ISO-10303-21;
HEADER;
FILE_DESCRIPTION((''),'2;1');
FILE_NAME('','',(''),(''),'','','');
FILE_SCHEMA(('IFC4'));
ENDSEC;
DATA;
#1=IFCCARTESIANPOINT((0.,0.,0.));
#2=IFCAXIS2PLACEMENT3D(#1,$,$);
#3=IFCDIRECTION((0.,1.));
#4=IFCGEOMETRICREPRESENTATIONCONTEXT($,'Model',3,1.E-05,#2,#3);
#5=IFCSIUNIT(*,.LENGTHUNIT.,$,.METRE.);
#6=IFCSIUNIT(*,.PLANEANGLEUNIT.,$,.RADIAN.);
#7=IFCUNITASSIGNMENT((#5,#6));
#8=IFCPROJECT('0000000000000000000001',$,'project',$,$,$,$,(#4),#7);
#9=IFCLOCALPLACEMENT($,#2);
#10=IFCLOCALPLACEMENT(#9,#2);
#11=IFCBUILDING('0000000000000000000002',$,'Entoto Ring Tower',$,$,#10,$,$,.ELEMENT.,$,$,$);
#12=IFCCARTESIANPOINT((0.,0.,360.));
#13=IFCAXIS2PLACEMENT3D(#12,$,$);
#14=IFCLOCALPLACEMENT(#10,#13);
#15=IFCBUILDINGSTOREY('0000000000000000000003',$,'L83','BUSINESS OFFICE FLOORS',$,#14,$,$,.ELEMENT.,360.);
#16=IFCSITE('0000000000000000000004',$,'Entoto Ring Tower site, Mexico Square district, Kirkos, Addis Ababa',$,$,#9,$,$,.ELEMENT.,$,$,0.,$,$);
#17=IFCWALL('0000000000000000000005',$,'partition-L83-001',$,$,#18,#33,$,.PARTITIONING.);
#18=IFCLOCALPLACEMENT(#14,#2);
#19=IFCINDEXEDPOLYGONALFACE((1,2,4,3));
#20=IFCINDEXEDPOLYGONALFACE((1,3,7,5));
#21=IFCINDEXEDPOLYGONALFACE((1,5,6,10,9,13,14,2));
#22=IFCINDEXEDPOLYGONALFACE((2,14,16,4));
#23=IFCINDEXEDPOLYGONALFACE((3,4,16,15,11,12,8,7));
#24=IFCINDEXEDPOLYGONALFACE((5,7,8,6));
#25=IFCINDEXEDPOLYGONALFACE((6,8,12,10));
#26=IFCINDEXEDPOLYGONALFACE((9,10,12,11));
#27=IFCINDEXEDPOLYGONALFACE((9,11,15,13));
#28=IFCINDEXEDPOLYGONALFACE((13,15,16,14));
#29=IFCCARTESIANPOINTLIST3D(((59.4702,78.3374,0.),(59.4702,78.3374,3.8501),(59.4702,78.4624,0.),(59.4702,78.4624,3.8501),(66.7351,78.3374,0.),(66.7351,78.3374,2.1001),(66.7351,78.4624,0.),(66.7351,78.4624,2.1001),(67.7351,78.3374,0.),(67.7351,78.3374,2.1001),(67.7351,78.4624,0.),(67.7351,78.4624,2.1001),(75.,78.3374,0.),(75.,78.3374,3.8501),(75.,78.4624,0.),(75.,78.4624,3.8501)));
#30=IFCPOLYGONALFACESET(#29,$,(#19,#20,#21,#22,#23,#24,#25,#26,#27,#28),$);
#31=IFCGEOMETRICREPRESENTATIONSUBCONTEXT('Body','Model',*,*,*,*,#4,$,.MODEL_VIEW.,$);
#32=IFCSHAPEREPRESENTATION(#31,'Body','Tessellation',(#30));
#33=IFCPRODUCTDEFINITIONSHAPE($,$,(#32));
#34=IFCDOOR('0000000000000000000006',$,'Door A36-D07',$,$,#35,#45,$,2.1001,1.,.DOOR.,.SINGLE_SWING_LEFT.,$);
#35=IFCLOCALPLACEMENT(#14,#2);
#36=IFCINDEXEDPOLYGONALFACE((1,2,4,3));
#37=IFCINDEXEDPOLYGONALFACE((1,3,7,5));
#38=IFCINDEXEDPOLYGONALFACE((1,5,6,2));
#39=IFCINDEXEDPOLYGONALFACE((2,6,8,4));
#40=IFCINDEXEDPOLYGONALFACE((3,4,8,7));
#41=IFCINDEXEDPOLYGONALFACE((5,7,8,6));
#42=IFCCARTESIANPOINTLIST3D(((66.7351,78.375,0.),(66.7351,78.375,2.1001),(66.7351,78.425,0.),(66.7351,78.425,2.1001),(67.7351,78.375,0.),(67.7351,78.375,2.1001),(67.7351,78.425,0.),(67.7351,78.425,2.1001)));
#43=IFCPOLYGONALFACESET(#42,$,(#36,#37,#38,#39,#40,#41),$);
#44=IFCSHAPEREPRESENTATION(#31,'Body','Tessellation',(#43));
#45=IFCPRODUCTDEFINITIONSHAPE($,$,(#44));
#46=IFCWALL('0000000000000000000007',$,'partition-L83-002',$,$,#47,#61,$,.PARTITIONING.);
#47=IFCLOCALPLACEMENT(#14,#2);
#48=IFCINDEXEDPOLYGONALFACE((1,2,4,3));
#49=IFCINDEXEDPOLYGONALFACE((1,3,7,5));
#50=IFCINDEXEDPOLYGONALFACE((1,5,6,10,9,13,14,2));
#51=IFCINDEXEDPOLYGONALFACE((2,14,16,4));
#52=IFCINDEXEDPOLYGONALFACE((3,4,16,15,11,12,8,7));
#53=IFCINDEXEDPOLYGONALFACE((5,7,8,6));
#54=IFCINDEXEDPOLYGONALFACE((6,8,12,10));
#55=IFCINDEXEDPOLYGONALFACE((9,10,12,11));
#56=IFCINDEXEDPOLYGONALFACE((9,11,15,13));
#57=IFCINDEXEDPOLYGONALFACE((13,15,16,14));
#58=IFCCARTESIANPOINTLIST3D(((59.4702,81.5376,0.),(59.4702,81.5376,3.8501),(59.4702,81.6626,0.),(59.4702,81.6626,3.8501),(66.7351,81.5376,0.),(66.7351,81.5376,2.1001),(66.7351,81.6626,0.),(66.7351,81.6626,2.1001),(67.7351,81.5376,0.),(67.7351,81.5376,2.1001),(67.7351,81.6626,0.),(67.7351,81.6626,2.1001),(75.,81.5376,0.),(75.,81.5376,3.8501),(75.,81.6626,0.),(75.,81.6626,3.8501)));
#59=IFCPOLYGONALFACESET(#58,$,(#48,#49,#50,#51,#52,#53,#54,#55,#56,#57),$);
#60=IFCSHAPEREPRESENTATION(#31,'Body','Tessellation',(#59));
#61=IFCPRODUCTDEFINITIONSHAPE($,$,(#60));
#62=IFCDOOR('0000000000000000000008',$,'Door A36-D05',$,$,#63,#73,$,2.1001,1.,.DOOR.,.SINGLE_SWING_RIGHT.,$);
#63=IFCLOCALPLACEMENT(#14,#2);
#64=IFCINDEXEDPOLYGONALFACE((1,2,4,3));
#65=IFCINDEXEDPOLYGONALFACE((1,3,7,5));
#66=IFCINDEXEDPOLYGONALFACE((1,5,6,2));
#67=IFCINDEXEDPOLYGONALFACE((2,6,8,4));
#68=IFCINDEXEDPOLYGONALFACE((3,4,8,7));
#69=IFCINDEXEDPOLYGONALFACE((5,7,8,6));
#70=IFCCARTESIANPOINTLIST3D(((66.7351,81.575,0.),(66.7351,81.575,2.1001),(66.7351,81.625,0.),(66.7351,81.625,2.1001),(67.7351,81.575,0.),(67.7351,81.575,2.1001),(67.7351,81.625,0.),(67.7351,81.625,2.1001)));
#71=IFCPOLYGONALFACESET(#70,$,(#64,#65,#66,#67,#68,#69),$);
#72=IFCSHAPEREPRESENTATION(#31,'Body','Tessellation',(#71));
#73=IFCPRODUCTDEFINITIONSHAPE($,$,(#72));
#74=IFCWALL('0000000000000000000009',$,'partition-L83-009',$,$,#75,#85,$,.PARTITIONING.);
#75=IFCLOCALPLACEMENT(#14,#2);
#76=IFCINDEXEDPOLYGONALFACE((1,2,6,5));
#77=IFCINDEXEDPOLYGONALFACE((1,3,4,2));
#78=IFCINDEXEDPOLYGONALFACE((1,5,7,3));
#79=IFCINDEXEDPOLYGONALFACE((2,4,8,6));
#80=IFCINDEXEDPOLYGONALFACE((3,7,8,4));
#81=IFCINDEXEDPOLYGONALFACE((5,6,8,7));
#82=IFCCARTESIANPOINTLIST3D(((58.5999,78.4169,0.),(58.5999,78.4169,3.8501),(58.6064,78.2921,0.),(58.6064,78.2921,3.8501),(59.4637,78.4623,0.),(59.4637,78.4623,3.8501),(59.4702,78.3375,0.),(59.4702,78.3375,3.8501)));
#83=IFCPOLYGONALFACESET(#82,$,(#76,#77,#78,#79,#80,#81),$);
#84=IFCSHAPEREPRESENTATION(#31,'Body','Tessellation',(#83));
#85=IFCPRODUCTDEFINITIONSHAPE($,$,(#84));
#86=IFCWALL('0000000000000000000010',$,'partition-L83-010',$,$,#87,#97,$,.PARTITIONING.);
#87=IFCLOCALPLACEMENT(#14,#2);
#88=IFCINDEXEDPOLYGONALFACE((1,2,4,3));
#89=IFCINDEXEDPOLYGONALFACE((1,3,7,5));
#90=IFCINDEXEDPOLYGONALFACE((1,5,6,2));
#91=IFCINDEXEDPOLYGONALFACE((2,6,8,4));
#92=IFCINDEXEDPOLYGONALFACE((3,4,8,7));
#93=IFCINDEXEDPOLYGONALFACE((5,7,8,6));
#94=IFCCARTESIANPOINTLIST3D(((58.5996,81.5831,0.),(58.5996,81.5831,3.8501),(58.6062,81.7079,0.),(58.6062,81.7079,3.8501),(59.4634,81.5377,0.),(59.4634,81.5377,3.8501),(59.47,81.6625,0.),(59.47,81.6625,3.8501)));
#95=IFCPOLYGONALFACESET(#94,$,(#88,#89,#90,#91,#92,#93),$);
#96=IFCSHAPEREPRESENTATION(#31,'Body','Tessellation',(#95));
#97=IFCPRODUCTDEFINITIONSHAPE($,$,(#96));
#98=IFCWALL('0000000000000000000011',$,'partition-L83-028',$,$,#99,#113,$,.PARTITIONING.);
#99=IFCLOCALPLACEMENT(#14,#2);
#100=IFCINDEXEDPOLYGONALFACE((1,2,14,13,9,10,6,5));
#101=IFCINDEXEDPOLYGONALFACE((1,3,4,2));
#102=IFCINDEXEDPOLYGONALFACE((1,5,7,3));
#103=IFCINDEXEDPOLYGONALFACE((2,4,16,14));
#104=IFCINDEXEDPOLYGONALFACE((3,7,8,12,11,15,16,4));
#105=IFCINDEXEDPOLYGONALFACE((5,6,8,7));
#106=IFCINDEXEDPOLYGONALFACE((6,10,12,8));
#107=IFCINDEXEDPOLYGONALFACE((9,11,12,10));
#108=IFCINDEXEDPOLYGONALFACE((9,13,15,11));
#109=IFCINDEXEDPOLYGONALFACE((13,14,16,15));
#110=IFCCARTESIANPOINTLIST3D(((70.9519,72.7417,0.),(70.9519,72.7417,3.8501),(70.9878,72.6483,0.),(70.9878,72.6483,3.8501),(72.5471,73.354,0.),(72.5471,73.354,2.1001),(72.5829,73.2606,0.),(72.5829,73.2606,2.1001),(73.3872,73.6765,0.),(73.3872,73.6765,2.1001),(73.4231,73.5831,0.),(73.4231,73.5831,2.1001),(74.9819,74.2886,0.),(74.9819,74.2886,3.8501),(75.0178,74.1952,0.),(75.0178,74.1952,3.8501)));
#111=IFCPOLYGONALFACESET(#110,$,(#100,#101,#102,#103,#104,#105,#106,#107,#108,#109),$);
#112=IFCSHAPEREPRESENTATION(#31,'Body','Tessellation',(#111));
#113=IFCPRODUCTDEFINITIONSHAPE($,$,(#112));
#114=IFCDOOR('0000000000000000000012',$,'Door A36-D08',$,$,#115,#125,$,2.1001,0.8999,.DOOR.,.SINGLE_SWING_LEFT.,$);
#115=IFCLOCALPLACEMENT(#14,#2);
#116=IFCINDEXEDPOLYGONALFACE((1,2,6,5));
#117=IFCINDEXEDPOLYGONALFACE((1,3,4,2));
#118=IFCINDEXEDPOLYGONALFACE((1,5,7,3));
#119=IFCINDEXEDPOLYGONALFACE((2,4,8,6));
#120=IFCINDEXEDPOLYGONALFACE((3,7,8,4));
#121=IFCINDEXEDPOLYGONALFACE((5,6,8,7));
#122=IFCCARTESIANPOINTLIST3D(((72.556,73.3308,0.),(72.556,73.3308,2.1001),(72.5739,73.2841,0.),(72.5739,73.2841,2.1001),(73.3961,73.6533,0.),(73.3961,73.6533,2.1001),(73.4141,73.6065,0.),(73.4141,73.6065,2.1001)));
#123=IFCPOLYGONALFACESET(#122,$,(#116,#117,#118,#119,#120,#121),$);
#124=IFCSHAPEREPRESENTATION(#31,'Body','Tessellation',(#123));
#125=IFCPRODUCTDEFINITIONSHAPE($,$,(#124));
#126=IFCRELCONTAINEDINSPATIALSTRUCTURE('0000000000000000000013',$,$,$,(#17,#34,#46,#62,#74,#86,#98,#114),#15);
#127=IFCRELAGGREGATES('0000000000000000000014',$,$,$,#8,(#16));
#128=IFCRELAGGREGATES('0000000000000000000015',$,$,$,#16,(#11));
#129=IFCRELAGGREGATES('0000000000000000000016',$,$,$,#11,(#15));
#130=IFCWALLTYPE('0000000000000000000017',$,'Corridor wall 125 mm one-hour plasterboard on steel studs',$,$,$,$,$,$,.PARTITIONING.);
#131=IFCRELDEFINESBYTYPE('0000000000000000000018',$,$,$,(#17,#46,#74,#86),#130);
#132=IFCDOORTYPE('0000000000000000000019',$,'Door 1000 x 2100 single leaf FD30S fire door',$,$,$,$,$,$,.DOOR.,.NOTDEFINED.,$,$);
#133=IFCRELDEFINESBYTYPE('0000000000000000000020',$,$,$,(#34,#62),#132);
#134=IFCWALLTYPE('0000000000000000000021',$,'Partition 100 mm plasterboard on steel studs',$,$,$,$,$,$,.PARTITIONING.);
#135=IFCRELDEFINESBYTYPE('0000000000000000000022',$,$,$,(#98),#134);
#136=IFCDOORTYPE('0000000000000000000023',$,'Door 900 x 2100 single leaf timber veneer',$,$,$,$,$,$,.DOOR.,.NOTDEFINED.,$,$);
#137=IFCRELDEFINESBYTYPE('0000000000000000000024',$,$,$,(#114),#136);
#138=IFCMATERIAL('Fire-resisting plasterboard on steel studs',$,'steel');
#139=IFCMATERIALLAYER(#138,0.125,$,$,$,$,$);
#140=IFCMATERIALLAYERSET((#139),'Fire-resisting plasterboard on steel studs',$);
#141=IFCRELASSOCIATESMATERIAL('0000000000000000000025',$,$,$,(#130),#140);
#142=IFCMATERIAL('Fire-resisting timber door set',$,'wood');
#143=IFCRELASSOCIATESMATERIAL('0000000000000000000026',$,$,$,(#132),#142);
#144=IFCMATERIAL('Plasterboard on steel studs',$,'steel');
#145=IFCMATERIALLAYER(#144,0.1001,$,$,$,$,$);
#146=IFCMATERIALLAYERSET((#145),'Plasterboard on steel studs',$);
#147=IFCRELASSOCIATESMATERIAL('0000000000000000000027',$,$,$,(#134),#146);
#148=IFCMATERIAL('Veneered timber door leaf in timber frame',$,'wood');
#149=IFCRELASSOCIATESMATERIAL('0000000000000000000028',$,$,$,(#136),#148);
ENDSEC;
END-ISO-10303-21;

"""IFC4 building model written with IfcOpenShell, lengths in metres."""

from ifc_helpers import new_model, si_unit, direction, frame, frame_2d, origin, place, context, subcontext, project, spatial, rectangle, extrude, material, layer, layer_set, type_object, element, fill, save


model = new_model("IFC4")

# Units and contexts
model_context = context("Model", 3, precision=1e-05, world=origin(), true_north=direction((0.0, 1.0)))
body_context = subcontext(model_context, "Body", "Model", "MODEL_VIEW")
ifc_project = project(units=[si_unit("LENGTHUNIT", "METRE"), si_unit("PLANEANGLEUNIT", "RADIAN")], contexts=[model_context])

# Site, building, storey
site_placement = place(None, origin())
site = spatial("IfcSite", under=ifc_project, at=site_placement, Name="Entoto Ring Tower site, Mexico Square district, Kirkos, Addis Ababa", CompositionType="ELEMENT", RefElevation=0.0)
building_placement = place(site_placement, origin())
building = spatial("IfcBuilding", under=site, at=building_placement, Name="Entoto Ring Tower", CompositionType="ELEMENT")
storey_placement = place(building_placement, frame((0.0, 0.0, 360.0)))
storey = spatial("IfcBuildingStorey", under=building, at=storey_placement, Name="L83", Description="BUSINESS OFFICE FLOORS", CompositionType="ELEMENT", Elevation=360.0)

# Walls, openings, doors
ifc_material_1 = material(Name="Fire-resisting plasterboard on steel studs", Category="steel")
ifc_layer_1 = layer(ifc_material_1, 0.125)
ifc_layer_set_1 = layer_set([ifc_layer_1], Name="Fire-resisting plasterboard on steel studs")
wall_type_1 = type_object("IfcWallType", Name="Corridor wall 125 mm one-hour plasterboard on steel studs", PredefinedType="PARTITIONING", material=ifc_layer_set_1)
wall_1_placement = place(storey_placement, frame((59.4702, 78.3999, 0.0), z_axis=(0.0, 0.0, 1.0), x_axis=(1.0, 0.0, 0.0)))
wall_1 = element("IfcWall", 1, at=wall_1_placement, inside=storey, type_object=wall_type_1, Name="partition-L83-001", PredefinedType="PARTITIONING", context=body_context, shape_type="SweptSolid", body=[
    extrude(rectangle(XDim=15.5298, YDim=0.125, at=frame_2d((7.7649, 0.0))), origin(), (0.0, 0.0, 1.0), 3.8501),
])
opening_1_placement = place(wall_1_placement, frame((7.2649, 0.0, 0.0)))
opening_1 = element("IfcOpeningElement", 2, at=opening_1_placement, cuts=wall_1, PredefinedType="OPENING", context=body_context, shape_type="SweptSolid", body=[
    extrude(rectangle(XDim=1.0, YDim=2.1001, at=frame_2d((0.5, 1.05))), frame((0.0, 0.0725, 0.0), z_axis=(0.0, -1.0, 0.0), x_axis=(1.0, 0.0, 0.0)), (0.0, 0.0, 1.0), 0.145),
])
ifc_material_2 = material(Name="Fire-resisting timber door set", Category="wood")
door_type_1 = type_object("IfcDoorType", Name="Door 1000 x 2100 single leaf FD30S fire door", OperationType="NOTDEFINED", PredefinedType="DOOR", material=ifc_material_2)
door_1_placement = place(opening_1_placement, frame((1.0, 0.0, 0.0), z_axis=(0.0, 0.0, 1.0), x_axis=(-1.0, 0.0, 0.0)))
door_1 = element("IfcDoor", 3, at=door_1_placement, inside=storey, type_object=door_type_1, Name="Door A36-D07", OperationType="SINGLE_SWING_LEFT", OverallHeight=2.1001, OverallWidth=1.0, PredefinedType="DOOR", context=body_context, shape_type="SweptSolid", body=[
    extrude(rectangle(XDim=1.0, YDim=2.1001, at=frame_2d((0.5, 1.05))), frame((0.0, 0.0249, 0.0), z_axis=(0.0, -1.0, 0.0), x_axis=(1.0, 0.0, 0.0)), (0.0, 0.0, 1.0), 0.05),
])
fill(opening_1, door_1)
wall_2_placement = place(storey_placement, frame((59.4702, 81.6001, 0.0), z_axis=(0.0, 0.0, 1.0), x_axis=(1.0, 0.0, 0.0)))
wall_2 = element("IfcWall", 4, at=wall_2_placement, inside=storey, type_object=wall_type_1, Name="partition-L83-002", PredefinedType="PARTITIONING", context=body_context, shape_type="SweptSolid", body=[
    extrude(rectangle(XDim=15.5298, YDim=0.125, at=frame_2d((7.7649, 0.0))), origin(), (0.0, 0.0, 1.0), 3.8501),
])
opening_2_placement = place(wall_2_placement, frame((7.2649, 0.0, 0.0)))
opening_2 = element("IfcOpeningElement", 5, at=opening_2_placement, cuts=wall_2, PredefinedType="OPENING", context=body_context, shape_type="SweptSolid", body=[
    extrude(rectangle(XDim=1.0, YDim=2.1001, at=frame_2d((0.5, 1.05))), frame((0.0, 0.0725, 0.0), z_axis=(0.0, -1.0, 0.0), x_axis=(1.0, 0.0, 0.0)), (0.0, 0.0, 1.0), 0.145),
])
door_2_placement = place(opening_2_placement, origin())
door_2 = element("IfcDoor", 6, at=door_2_placement, inside=storey, type_object=door_type_1, Name="Door A36-D05", OperationType="SINGLE_SWING_RIGHT", OverallHeight=2.1001, OverallWidth=1.0, PredefinedType="DOOR", context=body_context, shape_type="SweptSolid", body=[
    extrude(rectangle(XDim=1.0, YDim=2.1001, at=frame_2d((0.5, 1.05))), frame((0.0, 0.0249, 0.0), z_axis=(0.0, -1.0, 0.0), x_axis=(1.0, 0.0, 0.0)), (0.0, 0.0, 1.0), 0.05),
])
fill(opening_2, door_2)

# Walls
for number, where, z_axis, x_axis, name in (
    (7, (58.603, 78.3545, 0.0), (0.0, 0.0, 1.0), (0.998621, 0.0525, 0.0), "partition-L83-009"),
    (8, (59.4668, 81.6001, 0.0), (0.0, 0.0, 1.0), (-0.998621, 0.0525, 0.0), "partition-L83-010"),
):
    element("IfcWall", number, at=place(storey_placement, frame(where, z_axis=z_axis, x_axis=x_axis)), inside=storey, type_object=wall_type_1, Name=name, PredefinedType="PARTITIONING", context=body_context, shape_type="SweptSolid", body=[
        extrude(rectangle(XDim=0.865, YDim=0.125, at=frame_2d((0.4326, 0.0))), origin(), (0.0, 0.0, 1.0), 3.8501),
    ])

# Wall, opening, door
ifc_material_3 = material(Name="Plasterboard on steel studs", Category="steel")
ifc_layer_2 = layer(ifc_material_3, 0.1001)
ifc_layer_set_2 = layer_set([ifc_layer_2], Name="Plasterboard on steel studs")
wall_type_2 = type_object("IfcWallType", Name="Partition 100 mm plasterboard on steel studs", PredefinedType="PARTITIONING", material=ifc_layer_set_2)
wall_3_placement = place(storey_placement, frame((70.97, 72.6951, 0.0), z_axis=(0.0, 0.0, 1.0), x_axis=(0.933589, 0.358346, 0.0)))
wall_3 = element("IfcWall", 9, at=wall_3_placement, inside=storey, type_object=wall_type_2, Name="partition-L83-028", PredefinedType="PARTITIONING", context=body_context, shape_type="SweptSolid", body=[
    extrude(rectangle(XDim=4.3167, YDim=0.1001, at=frame_2d((2.1582, 0.0))), origin(), (0.0, 0.0, 1.0), 3.8501),
])
opening_3_placement = place(wall_3_placement, frame((1.7085, 0.0, 0.0)))
opening_3 = element("IfcOpeningElement", 10, at=opening_3_placement, cuts=wall_3, PredefinedType="OPENING", context=body_context, shape_type="SweptSolid", body=[
    extrude(rectangle(XDim=0.8999, YDim=2.1001, at=frame_2d((0.45, 1.05))), frame((0.0, 0.0601, 0.0), z_axis=(0.0, -1.0, 0.0), x_axis=(1.0, 0.0, 0.0)), (0.0, 0.0, 1.0), 0.1201),
])
ifc_material_4 = material(Name="Veneered timber door leaf in timber frame", Category="wood")
door_type_2 = type_object("IfcDoorType", Name="Door 900 x 2100 single leaf timber veneer", OperationType="NOTDEFINED", PredefinedType="DOOR", material=ifc_material_4)
door_3_placement = place(opening_3_placement, frame((0.8999, 0.0, 0.0), z_axis=(0.0, 0.0, 1.0), x_axis=(-1.0, 0.0, 0.0)))
door_3 = element("IfcDoor", 11, at=door_3_placement, inside=storey, type_object=door_type_2, Name="Door A36-D08", OperationType="SINGLE_SWING_LEFT", OverallHeight=2.1001, OverallWidth=0.8999, PredefinedType="DOOR", context=body_context, shape_type="SweptSolid", body=[
    extrude(rectangle(XDim=0.8999, YDim=2.1001, at=frame_2d((0.45, 1.05))), frame((0.0, 0.0249, 0.0), z_axis=(0.0, -1.0, 0.0), x_axis=(1.0, 0.0, 0.0)), (0.0, 0.0, 1.0), 0.05),
])
fill(opening_3, door_3)

save(model, "model.ifc")
